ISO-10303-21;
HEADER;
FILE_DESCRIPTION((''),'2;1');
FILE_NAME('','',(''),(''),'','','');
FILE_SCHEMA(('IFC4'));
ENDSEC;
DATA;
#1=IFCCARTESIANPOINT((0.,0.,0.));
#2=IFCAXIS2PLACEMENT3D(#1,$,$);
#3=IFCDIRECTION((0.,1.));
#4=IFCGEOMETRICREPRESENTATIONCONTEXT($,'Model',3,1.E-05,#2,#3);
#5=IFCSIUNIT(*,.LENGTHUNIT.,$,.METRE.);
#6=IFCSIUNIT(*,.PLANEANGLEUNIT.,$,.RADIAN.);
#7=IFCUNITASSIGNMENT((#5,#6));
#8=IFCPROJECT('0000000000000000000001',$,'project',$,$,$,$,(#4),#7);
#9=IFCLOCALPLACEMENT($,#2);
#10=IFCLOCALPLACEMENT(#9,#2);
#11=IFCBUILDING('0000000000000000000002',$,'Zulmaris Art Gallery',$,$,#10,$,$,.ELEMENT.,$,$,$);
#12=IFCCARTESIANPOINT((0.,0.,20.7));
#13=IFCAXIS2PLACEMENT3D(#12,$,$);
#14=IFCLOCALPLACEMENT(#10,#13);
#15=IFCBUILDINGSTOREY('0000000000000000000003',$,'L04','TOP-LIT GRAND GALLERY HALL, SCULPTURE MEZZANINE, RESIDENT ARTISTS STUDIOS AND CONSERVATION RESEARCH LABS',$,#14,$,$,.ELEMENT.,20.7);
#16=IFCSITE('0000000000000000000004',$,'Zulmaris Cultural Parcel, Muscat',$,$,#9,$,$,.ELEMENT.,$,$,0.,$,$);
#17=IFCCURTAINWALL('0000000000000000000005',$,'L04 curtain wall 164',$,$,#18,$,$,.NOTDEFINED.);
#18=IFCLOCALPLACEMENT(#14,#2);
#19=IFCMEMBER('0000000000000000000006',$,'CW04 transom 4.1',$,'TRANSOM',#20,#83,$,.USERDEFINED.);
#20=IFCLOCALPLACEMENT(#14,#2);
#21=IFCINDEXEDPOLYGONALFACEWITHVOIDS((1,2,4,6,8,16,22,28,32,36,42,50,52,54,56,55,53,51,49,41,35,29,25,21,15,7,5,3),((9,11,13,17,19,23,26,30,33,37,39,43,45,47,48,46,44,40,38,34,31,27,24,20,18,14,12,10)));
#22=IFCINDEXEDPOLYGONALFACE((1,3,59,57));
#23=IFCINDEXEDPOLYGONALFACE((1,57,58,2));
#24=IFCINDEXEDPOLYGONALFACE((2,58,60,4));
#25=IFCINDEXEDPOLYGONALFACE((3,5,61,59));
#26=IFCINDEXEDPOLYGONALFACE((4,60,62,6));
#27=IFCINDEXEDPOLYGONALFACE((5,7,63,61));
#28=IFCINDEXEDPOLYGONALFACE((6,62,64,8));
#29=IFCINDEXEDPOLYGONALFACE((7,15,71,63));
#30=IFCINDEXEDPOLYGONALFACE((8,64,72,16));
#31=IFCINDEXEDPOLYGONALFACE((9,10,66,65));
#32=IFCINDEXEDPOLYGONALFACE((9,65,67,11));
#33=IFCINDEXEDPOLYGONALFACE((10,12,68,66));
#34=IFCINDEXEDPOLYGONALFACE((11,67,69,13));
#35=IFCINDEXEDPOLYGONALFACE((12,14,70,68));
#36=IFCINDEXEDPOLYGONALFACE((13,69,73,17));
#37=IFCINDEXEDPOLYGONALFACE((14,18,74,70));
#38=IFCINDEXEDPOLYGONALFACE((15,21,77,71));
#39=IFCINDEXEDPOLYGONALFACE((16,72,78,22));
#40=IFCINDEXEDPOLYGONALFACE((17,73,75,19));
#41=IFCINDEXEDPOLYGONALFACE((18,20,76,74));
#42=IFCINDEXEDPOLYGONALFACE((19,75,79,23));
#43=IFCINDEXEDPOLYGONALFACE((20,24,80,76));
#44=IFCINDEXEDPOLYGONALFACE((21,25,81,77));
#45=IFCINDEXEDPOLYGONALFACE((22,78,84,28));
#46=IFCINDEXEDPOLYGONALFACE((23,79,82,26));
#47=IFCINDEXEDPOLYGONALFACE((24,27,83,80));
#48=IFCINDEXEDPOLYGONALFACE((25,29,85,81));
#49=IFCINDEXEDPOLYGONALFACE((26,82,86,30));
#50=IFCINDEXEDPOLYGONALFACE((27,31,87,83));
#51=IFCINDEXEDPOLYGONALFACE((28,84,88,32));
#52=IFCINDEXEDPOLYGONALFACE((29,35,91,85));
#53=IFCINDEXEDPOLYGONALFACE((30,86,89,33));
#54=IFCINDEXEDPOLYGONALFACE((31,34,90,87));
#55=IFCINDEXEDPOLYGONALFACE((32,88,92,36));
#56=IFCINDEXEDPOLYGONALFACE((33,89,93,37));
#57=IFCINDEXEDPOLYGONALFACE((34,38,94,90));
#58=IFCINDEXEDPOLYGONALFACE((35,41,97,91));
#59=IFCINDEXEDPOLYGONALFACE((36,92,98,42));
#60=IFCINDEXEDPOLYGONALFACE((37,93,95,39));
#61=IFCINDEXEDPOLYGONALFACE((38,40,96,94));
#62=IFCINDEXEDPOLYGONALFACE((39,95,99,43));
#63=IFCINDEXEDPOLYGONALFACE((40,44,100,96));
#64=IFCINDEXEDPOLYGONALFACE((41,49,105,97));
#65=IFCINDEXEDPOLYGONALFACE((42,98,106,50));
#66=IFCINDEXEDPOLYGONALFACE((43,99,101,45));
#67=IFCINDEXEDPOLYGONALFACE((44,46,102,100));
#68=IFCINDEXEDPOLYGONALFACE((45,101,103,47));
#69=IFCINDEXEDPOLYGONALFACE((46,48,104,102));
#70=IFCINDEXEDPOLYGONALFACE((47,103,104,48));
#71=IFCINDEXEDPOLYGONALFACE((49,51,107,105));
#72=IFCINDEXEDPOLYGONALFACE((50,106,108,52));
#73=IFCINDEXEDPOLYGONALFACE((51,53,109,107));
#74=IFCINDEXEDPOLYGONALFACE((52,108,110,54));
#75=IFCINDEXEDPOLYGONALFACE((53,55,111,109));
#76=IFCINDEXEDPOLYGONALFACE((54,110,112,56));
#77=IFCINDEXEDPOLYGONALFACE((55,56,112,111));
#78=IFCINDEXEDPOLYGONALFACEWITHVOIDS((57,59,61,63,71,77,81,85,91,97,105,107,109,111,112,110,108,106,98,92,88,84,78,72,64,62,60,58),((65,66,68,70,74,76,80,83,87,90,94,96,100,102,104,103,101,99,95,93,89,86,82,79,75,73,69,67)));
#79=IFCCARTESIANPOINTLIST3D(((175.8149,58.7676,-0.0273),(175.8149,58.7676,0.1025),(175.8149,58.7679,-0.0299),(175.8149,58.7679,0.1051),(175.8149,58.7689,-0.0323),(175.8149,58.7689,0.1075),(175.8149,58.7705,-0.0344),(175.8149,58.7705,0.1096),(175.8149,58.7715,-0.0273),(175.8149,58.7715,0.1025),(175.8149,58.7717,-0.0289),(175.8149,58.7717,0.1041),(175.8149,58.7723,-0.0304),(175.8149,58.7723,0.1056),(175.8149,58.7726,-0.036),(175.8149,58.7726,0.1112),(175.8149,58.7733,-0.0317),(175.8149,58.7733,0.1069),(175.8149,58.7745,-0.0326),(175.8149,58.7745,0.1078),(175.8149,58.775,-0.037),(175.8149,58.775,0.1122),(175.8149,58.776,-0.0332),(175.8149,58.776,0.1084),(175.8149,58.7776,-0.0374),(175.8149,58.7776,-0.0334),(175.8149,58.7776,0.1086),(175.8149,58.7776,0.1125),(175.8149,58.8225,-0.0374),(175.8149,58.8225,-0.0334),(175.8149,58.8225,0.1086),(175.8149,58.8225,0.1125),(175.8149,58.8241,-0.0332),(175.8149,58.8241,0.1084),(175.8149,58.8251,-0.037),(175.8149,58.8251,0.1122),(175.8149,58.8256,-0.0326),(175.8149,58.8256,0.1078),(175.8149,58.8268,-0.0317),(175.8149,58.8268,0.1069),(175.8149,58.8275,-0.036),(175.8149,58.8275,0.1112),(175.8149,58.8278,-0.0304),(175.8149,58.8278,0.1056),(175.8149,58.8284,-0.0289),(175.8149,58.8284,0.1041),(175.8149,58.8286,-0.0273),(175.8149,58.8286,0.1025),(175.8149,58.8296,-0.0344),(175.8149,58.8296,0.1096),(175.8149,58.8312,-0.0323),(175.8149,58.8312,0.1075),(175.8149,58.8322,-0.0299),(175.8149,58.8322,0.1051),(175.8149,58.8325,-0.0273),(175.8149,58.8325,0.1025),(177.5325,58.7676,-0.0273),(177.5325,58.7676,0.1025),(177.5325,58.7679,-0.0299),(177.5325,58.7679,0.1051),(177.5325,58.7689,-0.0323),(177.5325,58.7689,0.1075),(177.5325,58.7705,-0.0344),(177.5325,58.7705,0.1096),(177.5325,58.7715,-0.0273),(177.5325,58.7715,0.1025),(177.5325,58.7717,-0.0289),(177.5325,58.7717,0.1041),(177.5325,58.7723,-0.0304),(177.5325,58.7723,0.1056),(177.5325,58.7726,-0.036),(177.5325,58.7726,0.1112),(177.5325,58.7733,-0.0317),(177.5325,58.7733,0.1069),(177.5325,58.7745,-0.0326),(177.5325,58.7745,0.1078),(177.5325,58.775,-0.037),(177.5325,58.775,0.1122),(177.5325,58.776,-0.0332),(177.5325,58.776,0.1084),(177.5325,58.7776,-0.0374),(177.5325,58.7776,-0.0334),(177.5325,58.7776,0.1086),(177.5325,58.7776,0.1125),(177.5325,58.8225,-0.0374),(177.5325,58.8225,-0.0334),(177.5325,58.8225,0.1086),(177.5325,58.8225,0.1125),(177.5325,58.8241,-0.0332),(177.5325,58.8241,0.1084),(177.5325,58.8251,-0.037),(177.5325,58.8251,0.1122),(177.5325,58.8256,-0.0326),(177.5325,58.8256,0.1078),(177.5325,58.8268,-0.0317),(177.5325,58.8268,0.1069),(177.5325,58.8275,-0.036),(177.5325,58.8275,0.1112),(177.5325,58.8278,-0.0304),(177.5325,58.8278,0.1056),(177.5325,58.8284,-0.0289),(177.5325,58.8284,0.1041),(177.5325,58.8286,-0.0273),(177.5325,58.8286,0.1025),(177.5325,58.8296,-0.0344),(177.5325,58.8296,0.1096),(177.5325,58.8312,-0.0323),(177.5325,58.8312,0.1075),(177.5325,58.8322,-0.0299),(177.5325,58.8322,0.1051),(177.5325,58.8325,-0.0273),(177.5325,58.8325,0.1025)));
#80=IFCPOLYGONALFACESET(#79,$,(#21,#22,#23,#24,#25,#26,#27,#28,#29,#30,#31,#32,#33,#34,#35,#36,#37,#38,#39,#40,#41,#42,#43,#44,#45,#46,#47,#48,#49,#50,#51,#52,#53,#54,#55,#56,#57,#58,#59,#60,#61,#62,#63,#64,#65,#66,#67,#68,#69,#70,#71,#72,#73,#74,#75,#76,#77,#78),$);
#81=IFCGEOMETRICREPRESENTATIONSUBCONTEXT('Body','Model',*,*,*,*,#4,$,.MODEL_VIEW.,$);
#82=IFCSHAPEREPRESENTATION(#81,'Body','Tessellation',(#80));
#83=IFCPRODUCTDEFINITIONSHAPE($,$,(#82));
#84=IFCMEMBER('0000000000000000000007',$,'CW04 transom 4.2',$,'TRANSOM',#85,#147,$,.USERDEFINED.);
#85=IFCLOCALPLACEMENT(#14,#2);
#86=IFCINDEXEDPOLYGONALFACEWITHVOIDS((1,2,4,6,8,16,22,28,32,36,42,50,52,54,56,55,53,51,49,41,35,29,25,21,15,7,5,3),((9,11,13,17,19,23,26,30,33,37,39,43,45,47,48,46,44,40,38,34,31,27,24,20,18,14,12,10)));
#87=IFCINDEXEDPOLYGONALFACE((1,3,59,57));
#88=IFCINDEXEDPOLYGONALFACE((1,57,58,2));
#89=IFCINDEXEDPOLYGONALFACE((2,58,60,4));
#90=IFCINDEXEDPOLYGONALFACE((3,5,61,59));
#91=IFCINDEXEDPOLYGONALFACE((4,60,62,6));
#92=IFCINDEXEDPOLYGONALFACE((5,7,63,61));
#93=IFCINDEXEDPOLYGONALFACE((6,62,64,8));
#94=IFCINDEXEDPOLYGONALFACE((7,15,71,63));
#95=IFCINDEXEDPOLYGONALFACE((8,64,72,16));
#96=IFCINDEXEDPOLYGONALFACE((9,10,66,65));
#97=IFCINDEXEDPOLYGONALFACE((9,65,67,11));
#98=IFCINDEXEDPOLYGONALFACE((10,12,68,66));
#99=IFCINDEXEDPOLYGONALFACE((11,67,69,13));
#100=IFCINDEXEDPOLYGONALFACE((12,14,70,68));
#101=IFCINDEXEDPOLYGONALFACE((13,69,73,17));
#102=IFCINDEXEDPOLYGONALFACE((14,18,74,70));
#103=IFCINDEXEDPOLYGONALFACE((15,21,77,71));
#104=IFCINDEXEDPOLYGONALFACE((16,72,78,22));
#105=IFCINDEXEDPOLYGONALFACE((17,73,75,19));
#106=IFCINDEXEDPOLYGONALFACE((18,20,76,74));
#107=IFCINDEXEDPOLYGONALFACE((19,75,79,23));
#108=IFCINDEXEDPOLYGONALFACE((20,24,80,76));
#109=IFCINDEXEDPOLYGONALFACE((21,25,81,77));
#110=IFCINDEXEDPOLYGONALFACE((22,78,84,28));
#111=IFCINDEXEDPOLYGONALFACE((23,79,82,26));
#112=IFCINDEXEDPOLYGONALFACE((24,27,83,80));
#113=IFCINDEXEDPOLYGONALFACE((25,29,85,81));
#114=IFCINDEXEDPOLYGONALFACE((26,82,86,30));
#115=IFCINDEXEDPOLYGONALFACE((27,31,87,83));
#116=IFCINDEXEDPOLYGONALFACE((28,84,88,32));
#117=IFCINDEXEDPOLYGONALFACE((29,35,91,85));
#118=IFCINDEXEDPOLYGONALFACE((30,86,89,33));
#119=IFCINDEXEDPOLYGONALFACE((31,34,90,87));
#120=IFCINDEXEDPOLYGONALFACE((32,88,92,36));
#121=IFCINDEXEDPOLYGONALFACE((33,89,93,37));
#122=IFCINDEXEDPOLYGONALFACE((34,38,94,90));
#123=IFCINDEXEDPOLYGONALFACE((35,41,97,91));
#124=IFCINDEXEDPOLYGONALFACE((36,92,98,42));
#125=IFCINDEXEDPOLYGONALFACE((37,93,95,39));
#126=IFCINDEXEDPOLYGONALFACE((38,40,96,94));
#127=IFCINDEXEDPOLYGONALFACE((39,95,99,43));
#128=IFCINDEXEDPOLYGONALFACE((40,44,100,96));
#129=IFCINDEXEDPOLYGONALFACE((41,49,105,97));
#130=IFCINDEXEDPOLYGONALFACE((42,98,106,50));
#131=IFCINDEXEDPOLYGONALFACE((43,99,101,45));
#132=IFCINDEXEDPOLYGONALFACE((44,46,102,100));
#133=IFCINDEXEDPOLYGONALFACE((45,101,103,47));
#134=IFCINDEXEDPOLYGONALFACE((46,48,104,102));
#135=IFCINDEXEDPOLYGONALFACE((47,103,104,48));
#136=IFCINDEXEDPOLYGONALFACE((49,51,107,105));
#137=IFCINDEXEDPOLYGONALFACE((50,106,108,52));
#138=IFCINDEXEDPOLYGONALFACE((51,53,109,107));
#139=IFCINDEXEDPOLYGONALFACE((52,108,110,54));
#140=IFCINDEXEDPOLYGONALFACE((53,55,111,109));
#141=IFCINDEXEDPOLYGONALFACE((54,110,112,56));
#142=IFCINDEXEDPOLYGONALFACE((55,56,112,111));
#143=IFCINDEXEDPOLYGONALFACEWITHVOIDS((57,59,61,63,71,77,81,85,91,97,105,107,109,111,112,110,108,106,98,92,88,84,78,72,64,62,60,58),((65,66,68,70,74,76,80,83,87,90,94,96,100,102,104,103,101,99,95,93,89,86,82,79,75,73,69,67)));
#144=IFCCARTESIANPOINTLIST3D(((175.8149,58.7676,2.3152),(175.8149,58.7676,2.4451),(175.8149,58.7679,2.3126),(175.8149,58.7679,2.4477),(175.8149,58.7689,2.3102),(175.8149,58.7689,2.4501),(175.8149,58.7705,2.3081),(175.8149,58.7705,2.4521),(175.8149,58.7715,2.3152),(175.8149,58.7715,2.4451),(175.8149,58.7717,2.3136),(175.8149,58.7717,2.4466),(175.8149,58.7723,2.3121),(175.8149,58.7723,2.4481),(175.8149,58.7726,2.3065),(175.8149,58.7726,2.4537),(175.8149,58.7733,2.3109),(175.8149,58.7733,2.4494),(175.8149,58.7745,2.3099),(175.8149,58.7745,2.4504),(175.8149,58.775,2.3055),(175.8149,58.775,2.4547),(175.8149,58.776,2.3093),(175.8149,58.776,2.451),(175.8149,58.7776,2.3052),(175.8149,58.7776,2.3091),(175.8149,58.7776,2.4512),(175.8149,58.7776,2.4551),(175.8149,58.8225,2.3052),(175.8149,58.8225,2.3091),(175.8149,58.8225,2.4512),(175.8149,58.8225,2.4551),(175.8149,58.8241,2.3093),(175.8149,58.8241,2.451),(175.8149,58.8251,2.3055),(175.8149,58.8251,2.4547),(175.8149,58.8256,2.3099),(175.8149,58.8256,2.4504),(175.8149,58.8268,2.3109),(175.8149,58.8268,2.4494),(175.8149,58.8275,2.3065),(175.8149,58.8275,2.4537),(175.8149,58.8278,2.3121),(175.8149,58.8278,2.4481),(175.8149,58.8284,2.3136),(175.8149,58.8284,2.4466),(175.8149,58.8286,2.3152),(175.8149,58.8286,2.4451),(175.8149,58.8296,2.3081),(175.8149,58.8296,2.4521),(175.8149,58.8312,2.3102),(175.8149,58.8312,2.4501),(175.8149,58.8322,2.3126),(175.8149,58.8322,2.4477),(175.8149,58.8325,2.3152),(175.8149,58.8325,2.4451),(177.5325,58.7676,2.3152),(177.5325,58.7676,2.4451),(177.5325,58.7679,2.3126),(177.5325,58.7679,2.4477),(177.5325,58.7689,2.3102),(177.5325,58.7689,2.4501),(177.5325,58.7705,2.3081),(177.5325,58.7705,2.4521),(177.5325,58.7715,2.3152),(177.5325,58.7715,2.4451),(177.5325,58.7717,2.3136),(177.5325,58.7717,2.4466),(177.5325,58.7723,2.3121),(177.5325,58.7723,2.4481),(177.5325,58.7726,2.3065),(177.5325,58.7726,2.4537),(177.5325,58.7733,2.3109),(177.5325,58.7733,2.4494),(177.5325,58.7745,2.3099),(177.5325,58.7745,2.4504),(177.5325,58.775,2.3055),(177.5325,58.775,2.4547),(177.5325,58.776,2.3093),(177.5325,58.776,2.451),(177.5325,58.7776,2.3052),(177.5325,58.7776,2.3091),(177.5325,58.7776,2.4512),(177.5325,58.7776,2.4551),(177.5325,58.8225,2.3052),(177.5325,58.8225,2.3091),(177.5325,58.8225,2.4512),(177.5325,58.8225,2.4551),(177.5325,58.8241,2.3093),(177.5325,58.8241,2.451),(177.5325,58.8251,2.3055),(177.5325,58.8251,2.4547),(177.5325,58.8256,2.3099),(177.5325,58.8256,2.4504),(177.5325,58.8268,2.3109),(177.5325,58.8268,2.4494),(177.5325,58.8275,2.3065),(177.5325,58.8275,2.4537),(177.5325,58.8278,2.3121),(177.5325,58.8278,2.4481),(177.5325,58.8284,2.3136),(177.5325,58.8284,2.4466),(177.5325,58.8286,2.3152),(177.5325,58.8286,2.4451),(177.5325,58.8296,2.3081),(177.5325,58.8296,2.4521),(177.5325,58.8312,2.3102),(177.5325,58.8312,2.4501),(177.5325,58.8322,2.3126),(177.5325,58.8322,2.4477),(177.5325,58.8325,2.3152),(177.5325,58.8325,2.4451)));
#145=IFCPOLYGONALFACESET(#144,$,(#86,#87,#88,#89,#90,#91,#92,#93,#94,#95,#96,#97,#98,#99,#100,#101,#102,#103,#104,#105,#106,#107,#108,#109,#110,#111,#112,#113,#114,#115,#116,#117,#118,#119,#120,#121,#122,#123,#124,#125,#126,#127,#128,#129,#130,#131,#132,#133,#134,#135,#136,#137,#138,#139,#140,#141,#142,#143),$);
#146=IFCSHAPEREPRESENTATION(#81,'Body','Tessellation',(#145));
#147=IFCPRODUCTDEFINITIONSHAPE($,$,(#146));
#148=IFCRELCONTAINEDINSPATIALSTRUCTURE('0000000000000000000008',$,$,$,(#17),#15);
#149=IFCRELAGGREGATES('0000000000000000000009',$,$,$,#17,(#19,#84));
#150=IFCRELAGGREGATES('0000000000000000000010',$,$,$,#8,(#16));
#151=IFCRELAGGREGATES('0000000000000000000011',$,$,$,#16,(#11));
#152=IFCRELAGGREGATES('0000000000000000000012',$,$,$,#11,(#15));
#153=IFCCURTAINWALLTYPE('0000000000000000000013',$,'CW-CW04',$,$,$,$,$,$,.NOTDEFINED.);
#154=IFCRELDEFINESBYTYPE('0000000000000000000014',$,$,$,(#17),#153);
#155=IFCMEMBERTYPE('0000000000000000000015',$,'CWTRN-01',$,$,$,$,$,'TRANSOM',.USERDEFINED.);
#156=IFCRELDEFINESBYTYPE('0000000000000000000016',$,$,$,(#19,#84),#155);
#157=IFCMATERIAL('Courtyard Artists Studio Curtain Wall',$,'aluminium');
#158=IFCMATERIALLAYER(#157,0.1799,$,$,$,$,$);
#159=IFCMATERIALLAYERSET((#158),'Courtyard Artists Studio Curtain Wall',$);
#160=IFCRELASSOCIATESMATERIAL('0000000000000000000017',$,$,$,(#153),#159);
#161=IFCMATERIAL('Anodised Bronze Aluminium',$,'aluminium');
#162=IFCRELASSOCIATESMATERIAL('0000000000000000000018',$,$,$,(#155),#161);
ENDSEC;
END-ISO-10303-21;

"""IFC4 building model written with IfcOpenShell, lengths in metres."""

from ifc_helpers import new_model, si_unit, direction, frame, origin, origin_2d, place, context, subcontext, project, spatial, hollow_rectangle, extrude, material, layer, layer_set, material_profile, profile_set, type_object, element, aggregate, save


model = new_model("IFC4")

# Units and contexts
model_context = context("Model", 3, precision=1e-05, world=origin(), true_north=direction((0.0, 1.0)))
body_context = subcontext(model_context, "Body", "Model", "MODEL_VIEW")
ifc_project = project(units=[si_unit("LENGTHUNIT", "METRE"), si_unit("PLANEANGLEUNIT", "RADIAN")], contexts=[model_context])

# Site, building, storey
site_placement = place(None, origin())
site = spatial("IfcSite", under=ifc_project, at=site_placement, Name="Zulmaris Cultural Parcel, Muscat", CompositionType="ELEMENT", RefElevation=0.0)
building_placement = place(site_placement, origin())
building = spatial("IfcBuilding", under=site, at=building_placement, Name="Zulmaris Art Gallery", CompositionType="ELEMENT")
storey_placement = place(building_placement, frame((0.0, 0.0, 20.7)))
storey = spatial("IfcBuildingStorey", under=building, at=storey_placement, Name="L04", Description="TOP-LIT GRAND GALLERY HALL, SCULPTURE MEZZANINE, RESIDENT ARTISTS STUDIOS AND CONSERVATION RESEARCH LABS", CompositionType="ELEMENT", Elevation=20.7)

# Shared definitions
ifc_material_1 = material(Name="Courtyard Artists Studio Curtain Wall", Category="aluminium")
ifc_layer_1 = layer(ifc_material_1, 0.1799)
ifc_layer_set_1 = layer_set([ifc_layer_1], Name="Courtyard Artists Studio Curtain Wall")
curtain_wall_type = type_object("IfcCurtainWallType", Name="CW-CW04", PredefinedType="NOTDEFINED", material=ifc_layer_set_1)
ifc_material_2 = material(Name="Anodised Bronze Aluminium", Category="aluminium")

# Curtain wall, members
curtain_wall_1_placement = place(storey_placement, origin())
curtain_wall_1 = element("IfcCurtainWall", 1, at=curtain_wall_1_placement, inside=storey, type_object=curtain_wall_type, Name="L04 curtain wall 164", PredefinedType="NOTDEFINED")
ifc_material_profile_1 = material_profile(ifc_material_2, hollow_rectangle(XDim=0.0649, YDim=0.1499, WallThickness=0.0039, InnerFilletRadius=0.0061, OuterFilletRadius=0.01, at=origin_2d()), Name="ALU 65x150x4")
ifc_profile_set_1 = profile_set([ifc_material_profile_1], Name="Anodised Bronze Aluminium")
member_type_1 = type_object("IfcMemberType", Name="CWTRN-01", ElementType="TRANSOM", PredefinedType="USERDEFINED", material=ifc_profile_set_1)
member_1_placement = place(storey_placement, frame((177.5325, 58.8, 0.0376), z_axis=(-1.0, 0.0, 0.0), x_axis=(0.0, -1.0, 0.0)))
member_1 = element("IfcMember", 2, at=member_1_placement, type_object=member_type_1, Name="CW04 transom 4.1", ObjectType="TRANSOM", PredefinedType="USERDEFINED", context=body_context, shape_type="SweptSolid", body=[
    extrude(hollow_rectangle(XDim=0.0649, YDim=0.1499, WallThickness=0.0039, InnerFilletRadius=0.0061, OuterFilletRadius=0.01, at=origin_2d()), origin(), (0.0, 0.0, 1.0), 1.7175),
])
member_2_placement = place(storey_placement, frame((177.5325, 58.8, 2.3801), z_axis=(-1.0, 0.0, 0.0), x_axis=(0.0, -1.0, 0.0)))
member_2 = element("IfcMember", 3, at=member_2_placement, type_object=member_type_1, Name="CW04 transom 4.2", ObjectType="TRANSOM", PredefinedType="USERDEFINED", context=body_context, shape_type="SweptSolid", body=[
    extrude(hollow_rectangle(XDim=0.0649, YDim=0.1499, WallThickness=0.0039, InnerFilletRadius=0.0061, OuterFilletRadius=0.01, at=origin_2d()), origin(), (0.0, 0.0, 1.0), 1.7175),
])
aggregate(curtain_wall_1, [member_1, member_2])

save(model, "model.ifc")
